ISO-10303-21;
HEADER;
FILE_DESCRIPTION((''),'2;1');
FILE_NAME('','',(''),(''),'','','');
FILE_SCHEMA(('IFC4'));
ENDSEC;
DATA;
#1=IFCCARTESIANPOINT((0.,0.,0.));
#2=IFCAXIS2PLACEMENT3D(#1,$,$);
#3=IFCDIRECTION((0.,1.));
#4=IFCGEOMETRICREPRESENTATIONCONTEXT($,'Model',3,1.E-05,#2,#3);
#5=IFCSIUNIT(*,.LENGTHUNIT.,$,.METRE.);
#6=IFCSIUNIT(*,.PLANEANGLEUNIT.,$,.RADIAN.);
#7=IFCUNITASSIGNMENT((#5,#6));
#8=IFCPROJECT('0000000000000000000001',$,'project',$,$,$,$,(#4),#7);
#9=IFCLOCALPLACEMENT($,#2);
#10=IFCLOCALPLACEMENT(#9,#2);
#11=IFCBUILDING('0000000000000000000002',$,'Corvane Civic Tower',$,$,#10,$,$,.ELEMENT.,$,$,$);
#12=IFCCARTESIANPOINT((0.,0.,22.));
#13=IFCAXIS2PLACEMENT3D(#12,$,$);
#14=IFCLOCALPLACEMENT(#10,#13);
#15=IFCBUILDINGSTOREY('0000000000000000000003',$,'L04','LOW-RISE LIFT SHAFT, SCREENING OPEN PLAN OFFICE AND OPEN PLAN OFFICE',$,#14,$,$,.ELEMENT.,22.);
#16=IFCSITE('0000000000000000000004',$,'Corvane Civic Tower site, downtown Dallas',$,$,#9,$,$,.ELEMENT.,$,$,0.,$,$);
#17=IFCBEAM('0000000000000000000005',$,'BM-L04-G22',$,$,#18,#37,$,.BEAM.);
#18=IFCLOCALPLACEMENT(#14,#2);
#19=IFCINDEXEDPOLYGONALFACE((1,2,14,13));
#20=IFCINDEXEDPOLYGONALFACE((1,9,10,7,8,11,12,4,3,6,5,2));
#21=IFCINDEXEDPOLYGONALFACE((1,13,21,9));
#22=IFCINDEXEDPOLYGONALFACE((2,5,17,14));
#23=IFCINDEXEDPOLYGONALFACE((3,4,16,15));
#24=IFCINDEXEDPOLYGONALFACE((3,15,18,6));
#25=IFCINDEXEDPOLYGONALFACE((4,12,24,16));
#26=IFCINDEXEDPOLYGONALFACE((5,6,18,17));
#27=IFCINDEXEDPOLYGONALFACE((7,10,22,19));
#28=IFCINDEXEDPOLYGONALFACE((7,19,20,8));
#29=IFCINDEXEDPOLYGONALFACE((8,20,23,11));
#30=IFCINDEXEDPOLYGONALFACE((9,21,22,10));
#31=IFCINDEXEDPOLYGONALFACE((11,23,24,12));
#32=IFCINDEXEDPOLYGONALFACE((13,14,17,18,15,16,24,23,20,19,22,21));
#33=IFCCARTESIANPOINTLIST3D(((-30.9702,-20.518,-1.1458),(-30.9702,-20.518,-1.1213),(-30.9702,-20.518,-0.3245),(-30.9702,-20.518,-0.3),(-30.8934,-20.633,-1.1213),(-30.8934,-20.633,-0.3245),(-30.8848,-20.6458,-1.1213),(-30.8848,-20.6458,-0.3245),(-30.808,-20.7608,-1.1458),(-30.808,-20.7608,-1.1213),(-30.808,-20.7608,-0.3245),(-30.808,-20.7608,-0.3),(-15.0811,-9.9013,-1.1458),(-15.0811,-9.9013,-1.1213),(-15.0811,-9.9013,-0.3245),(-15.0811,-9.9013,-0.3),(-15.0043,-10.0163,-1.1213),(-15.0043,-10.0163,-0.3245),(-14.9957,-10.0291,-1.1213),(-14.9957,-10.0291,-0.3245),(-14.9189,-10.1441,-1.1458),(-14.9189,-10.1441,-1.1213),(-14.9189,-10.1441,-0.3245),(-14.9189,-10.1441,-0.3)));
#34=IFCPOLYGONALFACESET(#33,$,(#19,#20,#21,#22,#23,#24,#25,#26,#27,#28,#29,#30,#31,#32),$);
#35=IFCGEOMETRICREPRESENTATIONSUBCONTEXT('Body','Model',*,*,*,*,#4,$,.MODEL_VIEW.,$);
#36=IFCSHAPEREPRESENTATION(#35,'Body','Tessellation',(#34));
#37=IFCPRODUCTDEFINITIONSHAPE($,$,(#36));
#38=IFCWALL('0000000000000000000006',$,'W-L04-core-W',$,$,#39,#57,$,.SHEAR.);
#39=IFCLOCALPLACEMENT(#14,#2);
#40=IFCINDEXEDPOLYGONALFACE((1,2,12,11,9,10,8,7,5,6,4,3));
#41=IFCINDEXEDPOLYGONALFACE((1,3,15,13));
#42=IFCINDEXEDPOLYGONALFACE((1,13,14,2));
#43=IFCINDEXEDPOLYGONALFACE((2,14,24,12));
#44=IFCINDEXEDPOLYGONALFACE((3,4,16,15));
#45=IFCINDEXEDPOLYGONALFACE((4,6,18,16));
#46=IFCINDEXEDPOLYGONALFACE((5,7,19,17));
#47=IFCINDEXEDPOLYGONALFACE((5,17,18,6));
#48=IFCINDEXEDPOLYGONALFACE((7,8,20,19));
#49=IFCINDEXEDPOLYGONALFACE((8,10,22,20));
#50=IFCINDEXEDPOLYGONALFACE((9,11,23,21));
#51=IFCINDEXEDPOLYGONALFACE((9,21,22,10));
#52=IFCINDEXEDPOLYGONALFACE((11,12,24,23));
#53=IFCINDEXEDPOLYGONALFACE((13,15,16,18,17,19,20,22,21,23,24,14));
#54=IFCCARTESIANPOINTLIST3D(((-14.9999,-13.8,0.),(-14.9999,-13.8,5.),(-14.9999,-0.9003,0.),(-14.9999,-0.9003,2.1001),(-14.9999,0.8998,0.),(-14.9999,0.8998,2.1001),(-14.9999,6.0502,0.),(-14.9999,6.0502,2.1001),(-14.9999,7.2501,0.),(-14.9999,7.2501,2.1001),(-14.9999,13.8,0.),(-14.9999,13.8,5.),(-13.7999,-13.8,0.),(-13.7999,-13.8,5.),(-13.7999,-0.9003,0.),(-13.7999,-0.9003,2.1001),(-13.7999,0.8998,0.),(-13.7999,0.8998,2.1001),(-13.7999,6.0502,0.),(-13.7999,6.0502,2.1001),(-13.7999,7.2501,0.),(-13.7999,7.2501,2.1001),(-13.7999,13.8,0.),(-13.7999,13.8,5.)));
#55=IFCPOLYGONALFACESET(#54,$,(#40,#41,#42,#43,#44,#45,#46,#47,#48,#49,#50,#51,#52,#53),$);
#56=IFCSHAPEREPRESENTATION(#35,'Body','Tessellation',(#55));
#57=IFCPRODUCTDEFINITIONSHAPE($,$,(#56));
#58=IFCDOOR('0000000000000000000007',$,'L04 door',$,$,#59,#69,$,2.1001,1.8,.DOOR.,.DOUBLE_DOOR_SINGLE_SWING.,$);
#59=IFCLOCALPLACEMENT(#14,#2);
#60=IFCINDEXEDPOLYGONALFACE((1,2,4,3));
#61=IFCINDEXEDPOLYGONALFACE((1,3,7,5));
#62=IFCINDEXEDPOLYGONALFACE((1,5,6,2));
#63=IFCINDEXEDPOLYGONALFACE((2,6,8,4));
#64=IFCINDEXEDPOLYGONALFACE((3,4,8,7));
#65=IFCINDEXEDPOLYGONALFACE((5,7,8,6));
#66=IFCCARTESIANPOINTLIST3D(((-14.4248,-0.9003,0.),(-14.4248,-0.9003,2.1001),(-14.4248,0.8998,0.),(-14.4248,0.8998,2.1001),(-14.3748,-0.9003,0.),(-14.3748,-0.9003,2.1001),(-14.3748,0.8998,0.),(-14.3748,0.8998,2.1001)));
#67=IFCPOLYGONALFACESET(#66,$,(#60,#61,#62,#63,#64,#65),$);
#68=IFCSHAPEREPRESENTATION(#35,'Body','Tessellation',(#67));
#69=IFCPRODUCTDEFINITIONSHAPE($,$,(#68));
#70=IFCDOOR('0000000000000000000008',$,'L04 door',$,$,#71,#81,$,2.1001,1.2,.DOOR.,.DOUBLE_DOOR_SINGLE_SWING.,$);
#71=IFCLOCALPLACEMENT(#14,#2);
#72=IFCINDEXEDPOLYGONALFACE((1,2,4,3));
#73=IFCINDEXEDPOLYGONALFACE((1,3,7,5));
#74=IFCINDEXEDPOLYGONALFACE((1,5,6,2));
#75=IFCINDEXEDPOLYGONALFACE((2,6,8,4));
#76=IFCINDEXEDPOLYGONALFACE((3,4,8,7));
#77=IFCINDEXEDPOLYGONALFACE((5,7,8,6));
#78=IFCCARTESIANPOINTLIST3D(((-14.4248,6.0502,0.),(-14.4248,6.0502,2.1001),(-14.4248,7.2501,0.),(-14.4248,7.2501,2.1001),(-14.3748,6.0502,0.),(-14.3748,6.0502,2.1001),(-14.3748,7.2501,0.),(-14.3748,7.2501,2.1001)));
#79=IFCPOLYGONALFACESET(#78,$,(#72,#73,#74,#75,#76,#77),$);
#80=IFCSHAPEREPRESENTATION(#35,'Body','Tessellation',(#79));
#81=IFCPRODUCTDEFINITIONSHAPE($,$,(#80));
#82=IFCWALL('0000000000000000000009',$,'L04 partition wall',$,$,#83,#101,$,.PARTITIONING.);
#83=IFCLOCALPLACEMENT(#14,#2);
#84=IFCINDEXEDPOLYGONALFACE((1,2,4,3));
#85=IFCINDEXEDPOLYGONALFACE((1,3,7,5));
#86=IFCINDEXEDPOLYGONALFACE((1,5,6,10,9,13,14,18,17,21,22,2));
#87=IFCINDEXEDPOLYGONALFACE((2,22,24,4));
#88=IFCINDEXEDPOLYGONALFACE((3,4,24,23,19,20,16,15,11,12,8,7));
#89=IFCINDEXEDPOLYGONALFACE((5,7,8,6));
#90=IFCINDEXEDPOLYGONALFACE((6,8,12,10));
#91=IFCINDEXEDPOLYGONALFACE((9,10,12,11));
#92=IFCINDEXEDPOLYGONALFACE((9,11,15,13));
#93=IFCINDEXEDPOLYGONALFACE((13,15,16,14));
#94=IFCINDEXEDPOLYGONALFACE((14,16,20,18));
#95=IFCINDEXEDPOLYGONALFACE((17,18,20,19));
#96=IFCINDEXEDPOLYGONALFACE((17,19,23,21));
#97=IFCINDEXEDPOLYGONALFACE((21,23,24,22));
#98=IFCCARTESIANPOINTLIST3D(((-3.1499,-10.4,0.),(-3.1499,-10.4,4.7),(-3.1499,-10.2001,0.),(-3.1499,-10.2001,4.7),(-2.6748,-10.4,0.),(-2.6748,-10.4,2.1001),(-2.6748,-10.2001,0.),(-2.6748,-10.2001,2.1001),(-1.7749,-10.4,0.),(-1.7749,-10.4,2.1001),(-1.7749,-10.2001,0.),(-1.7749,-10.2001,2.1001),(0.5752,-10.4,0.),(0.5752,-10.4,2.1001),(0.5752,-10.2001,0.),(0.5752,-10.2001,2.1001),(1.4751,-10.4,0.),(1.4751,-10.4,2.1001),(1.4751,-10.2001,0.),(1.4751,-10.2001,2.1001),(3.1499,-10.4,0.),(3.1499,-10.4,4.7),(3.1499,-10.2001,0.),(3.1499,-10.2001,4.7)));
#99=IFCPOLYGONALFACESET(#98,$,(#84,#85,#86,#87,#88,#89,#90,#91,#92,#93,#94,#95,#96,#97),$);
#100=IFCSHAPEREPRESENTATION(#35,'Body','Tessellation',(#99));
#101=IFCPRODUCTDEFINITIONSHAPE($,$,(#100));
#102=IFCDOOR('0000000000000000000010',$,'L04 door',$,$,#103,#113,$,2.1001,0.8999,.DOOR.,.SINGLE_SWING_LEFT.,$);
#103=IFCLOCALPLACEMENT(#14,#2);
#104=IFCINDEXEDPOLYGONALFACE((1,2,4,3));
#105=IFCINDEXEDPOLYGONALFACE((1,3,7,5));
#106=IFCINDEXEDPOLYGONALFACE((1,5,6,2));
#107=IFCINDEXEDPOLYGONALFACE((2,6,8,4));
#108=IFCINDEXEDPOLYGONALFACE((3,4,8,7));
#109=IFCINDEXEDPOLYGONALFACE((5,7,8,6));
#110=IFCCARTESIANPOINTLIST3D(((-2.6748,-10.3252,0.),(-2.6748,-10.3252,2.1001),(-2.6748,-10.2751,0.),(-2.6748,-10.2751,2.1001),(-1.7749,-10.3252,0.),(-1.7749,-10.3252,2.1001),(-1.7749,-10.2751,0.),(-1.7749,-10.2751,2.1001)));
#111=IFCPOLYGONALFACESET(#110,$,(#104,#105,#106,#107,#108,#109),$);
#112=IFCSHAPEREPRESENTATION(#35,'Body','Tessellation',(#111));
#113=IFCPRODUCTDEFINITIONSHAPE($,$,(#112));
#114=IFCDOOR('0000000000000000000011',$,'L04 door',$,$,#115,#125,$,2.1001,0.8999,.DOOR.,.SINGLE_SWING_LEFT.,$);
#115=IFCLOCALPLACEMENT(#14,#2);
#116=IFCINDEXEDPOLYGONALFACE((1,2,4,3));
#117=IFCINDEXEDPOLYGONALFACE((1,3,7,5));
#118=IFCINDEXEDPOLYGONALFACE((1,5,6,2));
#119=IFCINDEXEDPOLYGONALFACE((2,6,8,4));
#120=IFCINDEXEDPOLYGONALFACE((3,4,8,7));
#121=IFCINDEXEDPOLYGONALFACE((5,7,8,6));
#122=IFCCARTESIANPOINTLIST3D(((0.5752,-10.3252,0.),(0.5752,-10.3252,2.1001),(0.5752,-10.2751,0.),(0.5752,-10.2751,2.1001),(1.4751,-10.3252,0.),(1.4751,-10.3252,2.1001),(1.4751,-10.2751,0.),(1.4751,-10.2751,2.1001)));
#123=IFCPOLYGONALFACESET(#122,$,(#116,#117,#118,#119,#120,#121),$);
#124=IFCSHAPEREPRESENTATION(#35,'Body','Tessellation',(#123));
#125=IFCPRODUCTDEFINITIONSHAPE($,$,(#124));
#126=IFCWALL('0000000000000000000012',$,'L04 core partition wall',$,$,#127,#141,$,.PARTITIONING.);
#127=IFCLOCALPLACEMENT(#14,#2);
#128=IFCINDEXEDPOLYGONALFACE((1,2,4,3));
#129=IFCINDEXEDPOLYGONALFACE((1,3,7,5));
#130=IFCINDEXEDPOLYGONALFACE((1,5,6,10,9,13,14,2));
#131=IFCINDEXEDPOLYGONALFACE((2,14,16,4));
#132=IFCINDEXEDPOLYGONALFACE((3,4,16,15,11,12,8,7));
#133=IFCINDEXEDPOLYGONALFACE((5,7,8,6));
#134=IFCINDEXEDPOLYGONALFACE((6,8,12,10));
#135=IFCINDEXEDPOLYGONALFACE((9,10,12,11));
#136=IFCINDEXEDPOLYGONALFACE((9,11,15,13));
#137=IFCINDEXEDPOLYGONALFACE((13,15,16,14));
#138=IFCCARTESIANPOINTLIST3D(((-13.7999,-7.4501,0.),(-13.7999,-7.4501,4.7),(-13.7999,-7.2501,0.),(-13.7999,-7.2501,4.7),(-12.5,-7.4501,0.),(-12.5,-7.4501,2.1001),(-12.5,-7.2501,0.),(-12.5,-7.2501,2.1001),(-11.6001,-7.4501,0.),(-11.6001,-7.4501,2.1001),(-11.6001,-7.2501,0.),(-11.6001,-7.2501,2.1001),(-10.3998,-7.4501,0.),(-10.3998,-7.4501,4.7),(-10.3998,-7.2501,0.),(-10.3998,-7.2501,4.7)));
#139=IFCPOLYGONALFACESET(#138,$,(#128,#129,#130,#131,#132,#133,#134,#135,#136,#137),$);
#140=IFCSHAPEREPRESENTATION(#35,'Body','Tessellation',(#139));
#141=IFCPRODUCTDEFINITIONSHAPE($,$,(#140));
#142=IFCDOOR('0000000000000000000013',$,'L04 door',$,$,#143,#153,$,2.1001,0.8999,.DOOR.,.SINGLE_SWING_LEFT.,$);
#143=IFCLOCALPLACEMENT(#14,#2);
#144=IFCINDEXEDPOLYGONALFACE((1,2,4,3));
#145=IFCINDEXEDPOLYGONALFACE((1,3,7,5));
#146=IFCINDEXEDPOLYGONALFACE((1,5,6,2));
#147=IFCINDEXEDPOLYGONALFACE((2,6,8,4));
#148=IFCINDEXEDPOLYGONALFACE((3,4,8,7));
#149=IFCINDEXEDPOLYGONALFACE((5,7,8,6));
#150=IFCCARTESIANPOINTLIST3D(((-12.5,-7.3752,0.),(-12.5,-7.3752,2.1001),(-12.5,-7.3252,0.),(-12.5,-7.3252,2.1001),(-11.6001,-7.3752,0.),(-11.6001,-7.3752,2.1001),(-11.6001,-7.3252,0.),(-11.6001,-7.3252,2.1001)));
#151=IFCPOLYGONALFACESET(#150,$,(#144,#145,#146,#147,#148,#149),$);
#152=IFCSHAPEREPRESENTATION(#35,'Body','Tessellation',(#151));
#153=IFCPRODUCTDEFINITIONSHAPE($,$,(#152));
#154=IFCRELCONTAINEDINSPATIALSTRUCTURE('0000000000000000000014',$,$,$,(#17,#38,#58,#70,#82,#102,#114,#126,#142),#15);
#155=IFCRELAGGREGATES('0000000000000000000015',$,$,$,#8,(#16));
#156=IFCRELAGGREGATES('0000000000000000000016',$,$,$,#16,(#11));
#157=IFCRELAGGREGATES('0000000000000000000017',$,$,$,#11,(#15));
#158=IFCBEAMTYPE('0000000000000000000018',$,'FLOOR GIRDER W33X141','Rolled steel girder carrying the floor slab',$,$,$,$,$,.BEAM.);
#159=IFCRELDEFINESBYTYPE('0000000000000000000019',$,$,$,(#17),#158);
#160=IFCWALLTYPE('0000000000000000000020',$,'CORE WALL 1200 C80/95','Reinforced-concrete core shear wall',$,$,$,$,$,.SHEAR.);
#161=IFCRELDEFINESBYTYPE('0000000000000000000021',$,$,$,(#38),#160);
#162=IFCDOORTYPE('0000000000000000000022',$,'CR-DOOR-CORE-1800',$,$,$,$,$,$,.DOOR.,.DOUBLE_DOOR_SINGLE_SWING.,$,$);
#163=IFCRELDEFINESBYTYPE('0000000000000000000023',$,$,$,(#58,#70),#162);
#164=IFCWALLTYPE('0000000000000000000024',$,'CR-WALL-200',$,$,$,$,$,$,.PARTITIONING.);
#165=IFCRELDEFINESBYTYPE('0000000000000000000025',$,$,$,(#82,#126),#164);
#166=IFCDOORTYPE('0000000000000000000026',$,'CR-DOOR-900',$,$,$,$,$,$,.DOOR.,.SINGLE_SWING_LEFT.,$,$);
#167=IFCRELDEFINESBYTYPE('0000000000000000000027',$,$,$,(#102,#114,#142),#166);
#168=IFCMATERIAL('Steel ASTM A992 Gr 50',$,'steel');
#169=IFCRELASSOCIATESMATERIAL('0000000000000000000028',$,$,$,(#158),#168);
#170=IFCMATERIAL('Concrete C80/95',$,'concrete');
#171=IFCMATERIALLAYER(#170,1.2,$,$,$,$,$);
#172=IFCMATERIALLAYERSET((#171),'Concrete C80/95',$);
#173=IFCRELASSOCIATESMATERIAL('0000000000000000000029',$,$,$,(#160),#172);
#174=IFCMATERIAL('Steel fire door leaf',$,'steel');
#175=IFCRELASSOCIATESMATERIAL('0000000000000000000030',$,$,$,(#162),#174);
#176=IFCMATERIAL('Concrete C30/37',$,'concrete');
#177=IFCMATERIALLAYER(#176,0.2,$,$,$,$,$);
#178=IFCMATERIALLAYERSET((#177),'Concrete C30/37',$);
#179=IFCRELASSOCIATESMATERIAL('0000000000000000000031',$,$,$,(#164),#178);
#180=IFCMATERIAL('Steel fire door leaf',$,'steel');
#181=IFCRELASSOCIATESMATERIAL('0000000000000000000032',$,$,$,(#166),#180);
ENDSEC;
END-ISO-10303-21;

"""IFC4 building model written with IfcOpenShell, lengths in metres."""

from ifc_helpers import new_model, si_unit, direction, frame, frame_2d, origin, origin_2d, place, context, subcontext, project, spatial, rectangle, i_section, extrude, material, layer, layer_set, material_profile, profile_set, type_object, element, fill, save


model = new_model("IFC4")

# Units and contexts
model_context = context("Model", 3, precision=1e-05, world=origin(), true_north=direction((0.0, 1.0)))
body_context = subcontext(model_context, "Body", "Model", "MODEL_VIEW")
ifc_project = project(units=[si_unit("LENGTHUNIT", "METRE"), si_unit("PLANEANGLEUNIT", "RADIAN")], contexts=[model_context])

# Site, building, storey
site_placement = place(None, origin())
site = spatial("IfcSite", under=ifc_project, at=site_placement, Name="Corvane Civic Tower site, downtown Dallas", CompositionType="ELEMENT", RefElevation=0.0)
building_placement = place(site_placement, origin())
building = spatial("IfcBuilding", under=site, at=building_placement, Name="Corvane Civic Tower", CompositionType="ELEMENT")
storey_placement = place(building_placement, frame((0.0, 0.0, 22.0)))
storey = spatial("IfcBuildingStorey", under=building, at=storey_placement, Name="L04", Description="LOW-RISE LIFT SHAFT, SCREENING OPEN PLAN OFFICE AND OPEN PLAN OFFICE", CompositionType="ELEMENT", Elevation=22.0)

# Beam
ifc_material_1 = material(Name="Steel ASTM A992 Gr 50", Category="steel")
ifc_material_profile = material_profile(ifc_material_1, i_section(OverallWidth=0.292, OverallDepth=0.8457, WebThickness=0.0154, FlangeThickness=0.0244, at=origin_2d()), Name="W33X141")
ifc_profile_set = profile_set([ifc_material_profile], Name="Steel ASTM A992 Gr 50")
beam_type = type_object("IfcBeamType", Name="FLOOR GIRDER W33X141", Description="Rolled steel girder carrying the floor slab", PredefinedType="BEAM", material=ifc_profile_set)
beam_placement = place(storey_placement, frame((-15.0, -10.0227, -0.7229), z_axis=(-0.831472, -0.555567, 0.0), x_axis=(0.555567, -0.831472, 0.0)))
element("IfcBeam", 1, at=beam_placement, inside=storey, type_object=beam_type, Name="BM-L04-G22", PredefinedType="BEAM", context=body_context, shape_type="SweptSolid", body=[
    extrude(i_section(OverallWidth=0.292, OverallDepth=0.8457, WebThickness=0.0154, FlangeThickness=0.0244, at=origin_2d()), origin(), (0.0, 0.0, 1.0), 19.1096),
])

# Walls, openings, doors
ifc_material_2 = material(Name="Concrete C80/95", Category="concrete")
ifc_layer_1 = layer(ifc_material_2, 1.2)
ifc_layer_set_1 = layer_set([ifc_layer_1], Name="Concrete C80/95")
wall_type_1 = type_object("IfcWallType", Name="CORE WALL 1200 C80/95", Description="Reinforced-concrete core shear wall", PredefinedType="SHEAR", material=ifc_layer_set_1)
wall_1_placement = place(storey_placement, frame((-14.3999, -13.8, 0.0), z_axis=(0.0, 0.0, 1.0), x_axis=(0.0, 1.0, 0.0)))
wall_1 = element("IfcWall", 2, at=wall_1_placement, inside=storey, type_object=wall_type_1, Name="W-L04-core-W", PredefinedType="SHEAR", context=body_context, shape_type="SweptSolid", body=[
    extrude(rectangle(XDim=27.6001, YDim=1.2, at=frame_2d((13.8, 0.0))), origin(), (0.0, 0.0, 1.0), 5.0),
])
opening_1_placement = place(wall_1_placement, frame((12.8999, 0.0, 0.0)))
opening_1 = element("IfcOpeningElement", 3, at=opening_1_placement, cuts=wall_1, PredefinedType="OPENING", context=body_context, shape_type="SweptSolid", body=[
    extrude(rectangle(XDim=1.8, YDim=2.1001, at=frame_2d((0.8999, 1.05))), frame((0.0, 0.6099, 0.0), z_axis=(0.0, -1.0, 0.0), x_axis=(1.0, 0.0, 0.0)), (0.0, 0.0, 1.0), 1.22),
])
opening_2_placement = place(wall_1_placement, frame((19.8501, 0.0, 0.0)))
opening_2 = element("IfcOpeningElement", 4, at=opening_2_placement, cuts=wall_1, PredefinedType="OPENING", context=body_context, shape_type="SweptSolid", body=[
    extrude(rectangle(XDim=1.2, YDim=2.1001, at=frame_2d((0.6001, 1.05))), frame((0.0, 0.6099, 0.0), z_axis=(0.0, -1.0, 0.0), x_axis=(1.0, 0.0, 0.0)), (0.0, 0.0, 1.0), 1.22),
])
ifc_material_3 = material(Name="Steel fire door leaf", Category="steel")
door_type_1 = type_object("IfcDoorType", Name="CR-DOOR-CORE-1800", OperationType="DOUBLE_DOOR_SINGLE_SWING", PredefinedType="DOOR", material=ifc_material_3)
door_1_placement = place(opening_1_placement, origin())
door_1 = element("IfcDoor", 5, at=door_1_placement, inside=storey, type_object=door_type_1, Name="L04 door", OperationType="DOUBLE_DOOR_SINGLE_SWING", OverallHeight=2.1001, OverallWidth=1.8, PredefinedType="DOOR", context=body_context, shape_type="SweptSolid", body=[
    extrude(rectangle(XDim=1.8, YDim=2.1001, at=frame_2d((0.8999, 1.05))), frame((0.0, 0.0249, 0.0), z_axis=(0.0, -1.0, 0.0), x_axis=(1.0, 0.0, 0.0)), (0.0, 0.0, 1.0), 0.05),
])
fill(opening_1, door_1)
door_2_placement = place(opening_2_placement, origin())
door_2 = element("IfcDoor", 6, at=door_2_placement, inside=storey, type_object=door_type_1, Name="L04 door", OperationType="DOUBLE_DOOR_SINGLE_SWING", OverallHeight=2.1001, OverallWidth=1.2, PredefinedType="DOOR", context=body_context, shape_type="SweptSolid", body=[
    extrude(rectangle(XDim=1.2, YDim=2.1001, at=frame_2d((0.6001, 1.05))), frame((0.0, 0.0249, 0.0), z_axis=(0.0, -1.0, 0.0), x_axis=(1.0, 0.0, 0.0)), (0.0, 0.0, 1.0), 0.05),
])
fill(opening_2, door_2)
ifc_material_4 = material(Name="Concrete C30/37", Category="concrete")
ifc_layer_2 = layer(ifc_material_4, 0.2)
ifc_layer_set_2 = layer_set([ifc_layer_2], Name="Concrete C30/37")
wall_type_2 = type_object("IfcWallType", Name="CR-WALL-200", PredefinedType="PARTITIONING", material=ifc_layer_set_2)
wall_2_placement = place(storey_placement, frame((-3.1499, -10.3, 0.0), z_axis=(0.0, 0.0, 1.0), x_axis=(1.0, 0.0, 0.0)))
wall_2 = element("IfcWall", 7, at=wall_2_placement, inside=storey, type_object=wall_type_2, Name="L04 partition wall", PredefinedType="PARTITIONING", context=body_context, shape_type="SweptSolid", body=[
    extrude(rectangle(XDim=6.2998, YDim=0.2, at=frame_2d((3.1499, 0.0))), origin(), (0.0, 0.0, 1.0), 4.7),
])
opening_3_placement = place(wall_2_placement, frame((0.4751, 0.0, 0.0)))
opening_3 = element("IfcOpeningElement", 8, at=opening_3_placement, cuts=wall_2, PredefinedType="OPENING", context=body_context, shape_type="SweptSolid", body=[
    extrude(rectangle(XDim=0.8999, YDim=2.1001, at=frame_2d((0.45, 1.05))), frame((0.0, 0.1099, 0.0), z_axis=(0.0, -1.0, 0.0), x_axis=(1.0, 0.0, 0.0)), (0.0, 0.0, 1.0), 0.22),
])
opening_4_placement = place(wall_2_placement, frame((3.7251, 0.0, 0.0)))
opening_4 = element("IfcOpeningElement", 9, at=opening_4_placement, cuts=wall_2, PredefinedType="OPENING", context=body_context, shape_type="SweptSolid", body=[
    extrude(rectangle(XDim=0.8999, YDim=2.1001, at=frame_2d((0.45, 1.05))), frame((0.0, 0.1099, 0.0), z_axis=(0.0, -1.0, 0.0), x_axis=(1.0, 0.0, 0.0)), (0.0, 0.0, 1.0), 0.22),
])
ifc_material_5 = material(Name="Steel fire door leaf", Category="steel")
door_type_2 = type_object("IfcDoorType", Name="CR-DOOR-900", OperationType="SINGLE_SWING_LEFT", PredefinedType="DOOR", material=ifc_material_5)
door_3_placement = place(opening_3_placement, origin())
door_3 = element("IfcDoor", 10, at=door_3_placement, inside=storey, type_object=door_type_2, Name="L04 door", OperationType="SINGLE_SWING_LEFT", OverallHeight=2.1001, OverallWidth=0.8999, PredefinedType="DOOR", context=body_context, shape_type="SweptSolid", body=[
    extrude(rectangle(XDim=0.8999, YDim=2.1001, at=frame_2d((0.45, 1.05))), frame((0.0, 0.0249, 0.0), z_axis=(0.0, -1.0, 0.0), x_axis=(1.0, 0.0, 0.0)), (0.0, 0.0, 1.0), 0.05),
])
fill(opening_3, door_3)
door_4_placement = place(opening_4_placement, origin())
door_4 = element("IfcDoor", 11, at=door_4_placement, inside=storey, type_object=door_type_2, Name="L04 door", OperationType="SINGLE_SWING_LEFT", OverallHeight=2.1001, OverallWidth=0.8999, PredefinedType="DOOR", context=body_context, shape_type="SweptSolid", body=[
    extrude(rectangle(XDim=0.8999, YDim=2.1001, at=frame_2d((0.45, 1.05))), frame((0.0, 0.0249, 0.0), z_axis=(0.0, -1.0, 0.0), x_axis=(1.0, 0.0, 0.0)), (0.0, 0.0, 1.0), 0.05),
])
fill(opening_4, door_4)

# Wall, opening, door
wall_3_placement = place(storey_placement, frame((-13.8, -7.3501, 0.0), z_axis=(0.0, 0.0, 1.0), x_axis=(1.0, 0.0, 0.0)))
wall_3 = element("IfcWall", 12, at=wall_3_placement, inside=storey, type_object=wall_type_2, Name="L04 core partition wall", PredefinedType="PARTITIONING", context=body_context, shape_type="SweptSolid", body=[
    extrude(rectangle(XDim=3.4001, YDim=0.2, at=frame_2d((1.7002, 0.0))), origin(), (0.0, 0.0, 1.0), 4.7),
])
opening_5_placement = place(wall_3_placement, frame((1.3, 0.0, 0.0)))
opening_5 = element("IfcOpeningElement", 13, at=opening_5_placement, cuts=wall_3, PredefinedType="OPENING", context=body_context, shape_type="SweptSolid", body=[
    extrude(rectangle(XDim=0.8999, YDim=2.1001, at=frame_2d((0.45, 1.05))), frame((0.0, 0.1099, 0.0), z_axis=(0.0, -1.0, 0.0), x_axis=(1.0, 0.0, 0.0)), (0.0, 0.0, 1.0), 0.22),
])
door_5_placement = place(opening_5_placement, origin())
door_5 = element("IfcDoor", 14, at=door_5_placement, inside=storey, type_object=door_type_2, Name="L04 door", OperationType="SINGLE_SWING_LEFT", OverallHeight=2.1001, OverallWidth=0.8999, PredefinedType="DOOR", context=body_context, shape_type="SweptSolid", body=[
    extrude(rectangle(XDim=0.8999, YDim=2.1001, at=frame_2d((0.45, 1.05))), frame((0.0, 0.0249, 0.0), z_axis=(0.0, -1.0, 0.0), x_axis=(1.0, 0.0, 0.0)), (0.0, 0.0, 1.0), 0.05),
])
fill(opening_5, door_5)

save(model, "model.ifc")
